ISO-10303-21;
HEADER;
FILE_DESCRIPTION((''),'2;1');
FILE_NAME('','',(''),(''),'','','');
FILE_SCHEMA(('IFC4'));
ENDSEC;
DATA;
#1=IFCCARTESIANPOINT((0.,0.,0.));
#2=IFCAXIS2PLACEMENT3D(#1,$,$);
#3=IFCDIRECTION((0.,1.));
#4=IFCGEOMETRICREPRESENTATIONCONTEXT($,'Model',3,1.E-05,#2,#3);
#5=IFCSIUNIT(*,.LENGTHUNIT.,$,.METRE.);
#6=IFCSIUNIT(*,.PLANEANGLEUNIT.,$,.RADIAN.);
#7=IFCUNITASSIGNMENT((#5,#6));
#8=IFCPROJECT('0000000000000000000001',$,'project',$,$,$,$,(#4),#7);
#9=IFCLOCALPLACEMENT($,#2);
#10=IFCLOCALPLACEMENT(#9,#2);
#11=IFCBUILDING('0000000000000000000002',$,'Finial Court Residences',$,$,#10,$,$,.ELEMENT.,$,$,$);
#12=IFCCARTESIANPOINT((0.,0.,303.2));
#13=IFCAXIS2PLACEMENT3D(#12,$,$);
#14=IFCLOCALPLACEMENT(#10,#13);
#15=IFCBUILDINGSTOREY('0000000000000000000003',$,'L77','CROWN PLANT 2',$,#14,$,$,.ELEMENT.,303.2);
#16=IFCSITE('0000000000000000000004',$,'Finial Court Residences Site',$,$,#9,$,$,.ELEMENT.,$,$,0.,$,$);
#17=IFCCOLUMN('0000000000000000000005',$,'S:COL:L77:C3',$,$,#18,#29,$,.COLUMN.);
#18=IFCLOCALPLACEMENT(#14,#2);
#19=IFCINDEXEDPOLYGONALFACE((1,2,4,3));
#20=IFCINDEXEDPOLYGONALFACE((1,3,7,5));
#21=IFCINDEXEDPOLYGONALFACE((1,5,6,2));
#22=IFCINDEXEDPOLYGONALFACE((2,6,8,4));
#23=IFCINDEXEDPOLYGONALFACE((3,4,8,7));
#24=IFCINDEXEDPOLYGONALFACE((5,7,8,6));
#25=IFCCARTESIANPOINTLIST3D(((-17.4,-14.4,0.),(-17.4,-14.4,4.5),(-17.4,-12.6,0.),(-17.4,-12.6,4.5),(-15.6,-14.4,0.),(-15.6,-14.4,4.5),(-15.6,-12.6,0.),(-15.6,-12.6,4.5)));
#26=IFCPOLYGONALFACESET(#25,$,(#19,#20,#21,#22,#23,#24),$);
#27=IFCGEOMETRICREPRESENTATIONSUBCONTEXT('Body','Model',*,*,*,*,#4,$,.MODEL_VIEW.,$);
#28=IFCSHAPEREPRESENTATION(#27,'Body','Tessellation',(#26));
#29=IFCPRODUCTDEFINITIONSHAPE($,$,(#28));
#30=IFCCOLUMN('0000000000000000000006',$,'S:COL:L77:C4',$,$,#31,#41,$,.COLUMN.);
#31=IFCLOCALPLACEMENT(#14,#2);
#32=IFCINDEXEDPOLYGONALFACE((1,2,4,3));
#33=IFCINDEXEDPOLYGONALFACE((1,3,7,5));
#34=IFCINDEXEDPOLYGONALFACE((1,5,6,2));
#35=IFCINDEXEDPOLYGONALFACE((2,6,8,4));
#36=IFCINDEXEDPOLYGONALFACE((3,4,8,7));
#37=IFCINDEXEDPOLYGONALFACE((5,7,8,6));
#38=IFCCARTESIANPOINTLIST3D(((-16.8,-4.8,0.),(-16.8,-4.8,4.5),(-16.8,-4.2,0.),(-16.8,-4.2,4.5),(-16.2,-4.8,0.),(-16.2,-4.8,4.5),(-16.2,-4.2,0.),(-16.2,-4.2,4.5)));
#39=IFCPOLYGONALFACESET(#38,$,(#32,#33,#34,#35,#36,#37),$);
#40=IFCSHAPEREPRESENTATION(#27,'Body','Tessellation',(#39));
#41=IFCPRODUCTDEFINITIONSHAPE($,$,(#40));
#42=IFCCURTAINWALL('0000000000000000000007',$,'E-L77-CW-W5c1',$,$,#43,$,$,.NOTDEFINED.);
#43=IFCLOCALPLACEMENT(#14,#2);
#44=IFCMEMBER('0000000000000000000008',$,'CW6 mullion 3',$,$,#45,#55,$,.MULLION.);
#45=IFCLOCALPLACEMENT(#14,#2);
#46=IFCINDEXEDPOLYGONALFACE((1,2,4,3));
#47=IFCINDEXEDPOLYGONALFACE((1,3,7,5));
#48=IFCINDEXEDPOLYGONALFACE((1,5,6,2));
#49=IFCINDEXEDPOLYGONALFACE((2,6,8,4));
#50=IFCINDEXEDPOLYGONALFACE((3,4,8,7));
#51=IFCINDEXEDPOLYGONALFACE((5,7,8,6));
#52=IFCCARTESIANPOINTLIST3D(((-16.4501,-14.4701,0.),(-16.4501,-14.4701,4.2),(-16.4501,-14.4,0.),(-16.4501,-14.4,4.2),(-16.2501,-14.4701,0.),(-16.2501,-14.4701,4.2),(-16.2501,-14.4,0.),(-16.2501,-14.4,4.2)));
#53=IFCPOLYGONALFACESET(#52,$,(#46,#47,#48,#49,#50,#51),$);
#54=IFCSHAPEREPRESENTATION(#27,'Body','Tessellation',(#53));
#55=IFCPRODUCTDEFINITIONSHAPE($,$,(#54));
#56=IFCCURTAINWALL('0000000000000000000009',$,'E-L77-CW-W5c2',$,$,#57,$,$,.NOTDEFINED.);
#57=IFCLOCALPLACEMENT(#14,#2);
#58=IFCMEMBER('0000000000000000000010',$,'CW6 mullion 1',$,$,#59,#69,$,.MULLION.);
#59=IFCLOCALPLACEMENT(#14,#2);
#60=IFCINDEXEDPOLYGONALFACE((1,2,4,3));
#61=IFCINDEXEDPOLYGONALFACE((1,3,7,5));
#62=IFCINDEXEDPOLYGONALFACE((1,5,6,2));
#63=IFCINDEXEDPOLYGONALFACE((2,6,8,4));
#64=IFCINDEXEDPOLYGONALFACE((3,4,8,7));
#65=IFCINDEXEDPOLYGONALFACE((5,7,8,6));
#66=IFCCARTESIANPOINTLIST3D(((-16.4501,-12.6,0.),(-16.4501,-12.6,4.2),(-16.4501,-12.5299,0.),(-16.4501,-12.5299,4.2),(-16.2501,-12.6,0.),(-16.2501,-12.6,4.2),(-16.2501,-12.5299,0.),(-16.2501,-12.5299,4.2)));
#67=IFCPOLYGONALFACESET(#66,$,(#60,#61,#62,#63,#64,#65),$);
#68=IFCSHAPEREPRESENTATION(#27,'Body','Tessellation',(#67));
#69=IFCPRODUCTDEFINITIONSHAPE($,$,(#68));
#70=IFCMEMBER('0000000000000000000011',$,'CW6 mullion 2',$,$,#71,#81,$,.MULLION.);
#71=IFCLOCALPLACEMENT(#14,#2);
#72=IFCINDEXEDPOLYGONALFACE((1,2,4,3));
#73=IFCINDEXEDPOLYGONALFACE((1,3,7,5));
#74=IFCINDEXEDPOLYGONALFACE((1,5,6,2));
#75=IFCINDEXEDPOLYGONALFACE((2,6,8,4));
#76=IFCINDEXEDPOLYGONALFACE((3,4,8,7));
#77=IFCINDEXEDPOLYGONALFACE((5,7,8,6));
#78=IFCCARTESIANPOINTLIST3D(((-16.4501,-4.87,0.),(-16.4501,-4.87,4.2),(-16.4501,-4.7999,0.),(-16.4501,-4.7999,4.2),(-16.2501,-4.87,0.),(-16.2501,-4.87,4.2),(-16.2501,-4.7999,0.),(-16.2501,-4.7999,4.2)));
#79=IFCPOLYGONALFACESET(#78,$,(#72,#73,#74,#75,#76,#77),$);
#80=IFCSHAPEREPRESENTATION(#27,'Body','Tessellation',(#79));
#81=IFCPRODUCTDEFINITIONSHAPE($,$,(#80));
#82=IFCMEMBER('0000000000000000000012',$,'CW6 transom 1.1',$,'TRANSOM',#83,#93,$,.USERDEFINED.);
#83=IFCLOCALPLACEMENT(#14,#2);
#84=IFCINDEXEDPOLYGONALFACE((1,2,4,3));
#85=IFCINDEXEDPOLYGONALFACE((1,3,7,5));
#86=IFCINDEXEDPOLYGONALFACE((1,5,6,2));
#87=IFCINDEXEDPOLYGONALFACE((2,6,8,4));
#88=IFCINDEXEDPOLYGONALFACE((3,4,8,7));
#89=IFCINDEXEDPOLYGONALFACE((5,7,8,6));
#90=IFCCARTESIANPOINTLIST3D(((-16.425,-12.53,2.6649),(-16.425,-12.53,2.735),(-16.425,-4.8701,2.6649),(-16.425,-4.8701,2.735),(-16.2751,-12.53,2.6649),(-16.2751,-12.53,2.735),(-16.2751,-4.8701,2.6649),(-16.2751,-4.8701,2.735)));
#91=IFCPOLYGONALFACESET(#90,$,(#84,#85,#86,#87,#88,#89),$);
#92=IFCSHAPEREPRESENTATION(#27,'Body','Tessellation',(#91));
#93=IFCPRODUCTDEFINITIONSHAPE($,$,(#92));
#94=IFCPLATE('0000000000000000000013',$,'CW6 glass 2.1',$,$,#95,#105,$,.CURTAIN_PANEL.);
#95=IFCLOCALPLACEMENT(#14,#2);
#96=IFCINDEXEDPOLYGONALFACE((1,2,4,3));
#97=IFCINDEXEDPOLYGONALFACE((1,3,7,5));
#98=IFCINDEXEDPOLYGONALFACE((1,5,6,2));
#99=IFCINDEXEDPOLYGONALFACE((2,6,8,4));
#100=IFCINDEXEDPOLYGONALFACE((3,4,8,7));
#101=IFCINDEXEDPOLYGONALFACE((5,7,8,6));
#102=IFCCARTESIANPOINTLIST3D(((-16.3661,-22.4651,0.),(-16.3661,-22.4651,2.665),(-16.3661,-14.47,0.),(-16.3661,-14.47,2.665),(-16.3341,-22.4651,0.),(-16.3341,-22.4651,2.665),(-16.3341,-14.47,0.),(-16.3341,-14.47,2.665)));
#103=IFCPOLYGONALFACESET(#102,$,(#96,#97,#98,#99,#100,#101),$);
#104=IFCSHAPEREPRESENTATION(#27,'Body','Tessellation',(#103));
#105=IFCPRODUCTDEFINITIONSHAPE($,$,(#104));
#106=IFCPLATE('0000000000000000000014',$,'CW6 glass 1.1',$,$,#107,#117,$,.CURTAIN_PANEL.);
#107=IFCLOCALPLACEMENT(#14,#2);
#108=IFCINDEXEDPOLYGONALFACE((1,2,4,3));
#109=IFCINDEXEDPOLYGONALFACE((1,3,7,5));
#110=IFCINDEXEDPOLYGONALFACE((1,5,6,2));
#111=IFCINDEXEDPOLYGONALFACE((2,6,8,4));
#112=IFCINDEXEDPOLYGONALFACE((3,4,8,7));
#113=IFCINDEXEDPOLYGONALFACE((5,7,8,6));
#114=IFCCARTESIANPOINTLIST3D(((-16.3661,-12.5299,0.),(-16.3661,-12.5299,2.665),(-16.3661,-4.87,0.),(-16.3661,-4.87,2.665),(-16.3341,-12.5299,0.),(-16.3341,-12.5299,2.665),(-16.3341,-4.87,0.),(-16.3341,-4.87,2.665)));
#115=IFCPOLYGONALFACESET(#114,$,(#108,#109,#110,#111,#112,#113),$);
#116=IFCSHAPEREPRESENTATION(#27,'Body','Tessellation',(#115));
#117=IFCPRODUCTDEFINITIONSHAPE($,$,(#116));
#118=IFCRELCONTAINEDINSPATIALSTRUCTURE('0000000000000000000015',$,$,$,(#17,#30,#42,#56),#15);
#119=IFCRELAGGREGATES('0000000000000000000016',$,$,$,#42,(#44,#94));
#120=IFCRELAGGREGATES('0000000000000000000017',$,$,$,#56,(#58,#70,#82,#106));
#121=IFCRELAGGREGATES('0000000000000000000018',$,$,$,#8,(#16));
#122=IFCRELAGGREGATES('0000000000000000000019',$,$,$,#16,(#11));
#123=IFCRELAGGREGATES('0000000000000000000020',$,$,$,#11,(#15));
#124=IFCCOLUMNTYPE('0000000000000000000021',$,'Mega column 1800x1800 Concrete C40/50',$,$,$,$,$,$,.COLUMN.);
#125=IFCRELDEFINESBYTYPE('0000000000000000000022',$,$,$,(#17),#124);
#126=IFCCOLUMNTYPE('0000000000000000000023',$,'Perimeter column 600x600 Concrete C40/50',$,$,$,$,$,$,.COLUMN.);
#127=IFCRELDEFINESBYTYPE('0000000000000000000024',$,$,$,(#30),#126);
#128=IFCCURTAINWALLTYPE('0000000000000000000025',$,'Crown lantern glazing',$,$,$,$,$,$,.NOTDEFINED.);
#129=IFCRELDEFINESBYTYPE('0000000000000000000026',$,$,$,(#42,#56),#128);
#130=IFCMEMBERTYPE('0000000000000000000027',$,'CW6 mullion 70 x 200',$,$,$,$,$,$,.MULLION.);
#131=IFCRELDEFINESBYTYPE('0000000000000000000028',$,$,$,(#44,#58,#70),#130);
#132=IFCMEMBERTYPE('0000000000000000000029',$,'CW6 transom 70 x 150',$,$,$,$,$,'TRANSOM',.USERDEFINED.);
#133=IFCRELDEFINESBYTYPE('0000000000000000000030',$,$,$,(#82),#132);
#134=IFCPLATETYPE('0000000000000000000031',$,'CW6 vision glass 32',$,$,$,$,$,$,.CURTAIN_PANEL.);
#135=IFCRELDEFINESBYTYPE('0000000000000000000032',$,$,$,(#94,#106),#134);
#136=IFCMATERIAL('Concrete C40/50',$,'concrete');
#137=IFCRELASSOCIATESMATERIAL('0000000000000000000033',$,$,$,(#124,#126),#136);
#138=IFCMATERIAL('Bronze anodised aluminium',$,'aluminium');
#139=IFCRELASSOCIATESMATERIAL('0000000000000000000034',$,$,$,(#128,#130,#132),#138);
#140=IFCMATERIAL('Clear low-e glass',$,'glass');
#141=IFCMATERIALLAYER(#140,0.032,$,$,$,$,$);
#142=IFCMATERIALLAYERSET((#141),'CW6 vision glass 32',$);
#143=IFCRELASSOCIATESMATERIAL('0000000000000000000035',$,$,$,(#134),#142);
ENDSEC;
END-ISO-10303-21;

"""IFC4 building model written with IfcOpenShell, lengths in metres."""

from ifc_helpers import new_model, si_unit, direction, frame, origin, origin_2d, place, context, subcontext, project, spatial, rectangle, extrude, material, layer, layer_set, material_profile, profile_set, type_object, element, aggregate, save


model = new_model("IFC4")

# Units and contexts
model_context = context("Model", 3, precision=1e-05, world=origin(), true_north=direction((0.0, 1.0)))
body_context = subcontext(model_context, "Body", "Model", "MODEL_VIEW")
ifc_project = project(units=[si_unit("LENGTHUNIT", "METRE"), si_unit("PLANEANGLEUNIT", "RADIAN")], contexts=[model_context])

# Site, building, storey
site_placement = place(None, origin())
site = spatial("IfcSite", under=ifc_project, at=site_placement, Name="Finial Court Residences Site", CompositionType="ELEMENT", RefElevation=0.0)
building_placement = place(site_placement, origin())
building = spatial("IfcBuilding", under=site, at=building_placement, Name="Finial Court Residences", CompositionType="ELEMENT")
storey_placement = place(building_placement, frame((0.0, 0.0, 303.2)))
storey = spatial("IfcBuildingStorey", under=building, at=storey_placement, Name="L77", Description="CROWN PLANT 2", CompositionType="ELEMENT", Elevation=303.2)

# Columns
ifc_material_1 = material(Name="Concrete C40/50", Category="concrete")
ifc_material_profile_1 = material_profile(ifc_material_1, rectangle(XDim=1.8, YDim=1.8, at=origin_2d()), Name="1800x1800")
ifc_profile_set_1 = profile_set([ifc_material_profile_1], Name="Concrete C40/50")
column_type_1 = type_object("IfcColumnType", Name="Mega column 1800x1800 Concrete C40/50", PredefinedType="COLUMN", material=ifc_profile_set_1)
column_1_placement = place(storey_placement, frame((-16.5, -13.5, 0.0), z_axis=(0.0, 0.0, 1.0), x_axis=(1.0, 0.0, 0.0)))
element("IfcColumn", 1, at=column_1_placement, inside=storey, type_object=column_type_1, Name="S:COL:L77:C3", PredefinedType="COLUMN", context=body_context, shape_type="SweptSolid", body=[
    extrude(rectangle(XDim=1.8, YDim=1.8, at=origin_2d()), origin(), (0.0, 0.0, 1.0), 4.5),
])
ifc_material_profile_2 = material_profile(ifc_material_1, rectangle(XDim=0.6001, YDim=0.6001, at=origin_2d()), Name="600x600")
ifc_profile_set_2 = profile_set([ifc_material_profile_2], Name="Concrete C40/50")
column_type_2 = type_object("IfcColumnType", Name="Perimeter column 600x600 Concrete C40/50", PredefinedType="COLUMN", material=ifc_profile_set_2)
column_2_placement = place(storey_placement, frame((-16.5, -4.5, 0.0), z_axis=(0.0, 0.0, 1.0), x_axis=(1.0, 0.0, 0.0)))
element("IfcColumn", 2, at=column_2_placement, inside=storey, type_object=column_type_2, Name="S:COL:L77:C4", PredefinedType="COLUMN", context=body_context, shape_type="SweptSolid", body=[
    extrude(rectangle(XDim=0.6001, YDim=0.6001, at=origin_2d()), origin(), (0.0, 0.0, 1.0), 4.5),
])

# Curtain wall, member
ifc_material_2 = material(Name="Bronze anodised aluminium", Category="aluminium")
curtain_wall_type = type_object("IfcCurtainWallType", Name="Crown lantern glazing", PredefinedType="NOTDEFINED", material=ifc_material_2)
curtain_wall_1_placement = place(storey_placement, origin())
curtain_wall_1 = element("IfcCurtainWall", 3, at=curtain_wall_1_placement, inside=storey, type_object=curtain_wall_type, Name="E-L77-CW-W5c1", PredefinedType="NOTDEFINED")
ifc_material_profile_3 = material_profile(ifc_material_2, rectangle(XDim=0.2, YDim=0.0701, at=origin_2d()), Name="CW6 mullion 70 x 200")
ifc_profile_set_3 = profile_set([ifc_material_profile_3], Name="Bronze anodised aluminium")
member_type_1 = type_object("IfcMemberType", Name="CW6 mullion 70 x 200", PredefinedType="MULLION", material=ifc_profile_set_3)
member_1_placement = place(storey_placement, frame((-16.3501, -14.4351, 0.0), z_axis=(0.0, 0.0, 1.0), x_axis=(-1.0, 0.0, 0.0)))
member_1 = element("IfcMember", 4, at=member_1_placement, type_object=member_type_1, Name="CW6 mullion 3", PredefinedType="MULLION", context=body_context, shape_type="SweptSolid", body=[
    extrude(rectangle(XDim=0.2, YDim=0.0701, at=origin_2d()), origin(), (0.0, 0.0, 1.0), 4.2),
])

# Curtain wall, members
curtain_wall_2_placement = place(storey_placement, origin())
curtain_wall_2 = element("IfcCurtainWall", 5, at=curtain_wall_2_placement, inside=storey, type_object=curtain_wall_type, Name="E-L77-CW-W5c2", PredefinedType="NOTDEFINED")
member_2_placement = place(storey_placement, frame((-16.3501, -12.5649, 0.0), z_axis=(0.0, 0.0, 1.0), x_axis=(-1.0, 0.0, 0.0)))
member_2 = element("IfcMember", 6, at=member_2_placement, type_object=member_type_1, Name="CW6 mullion 1", PredefinedType="MULLION", context=body_context, shape_type="SweptSolid", body=[
    extrude(rectangle(XDim=0.2, YDim=0.0701, at=origin_2d()), origin(), (0.0, 0.0, 1.0), 4.2),
])
member_3_placement = place(storey_placement, frame((-16.3501, -4.835, 0.0), z_axis=(0.0, 0.0, 1.0), x_axis=(-1.0, 0.0, 0.0)))
member_3 = element("IfcMember", 7, at=member_3_placement, type_object=member_type_1, Name="CW6 mullion 2", PredefinedType="MULLION", context=body_context, shape_type="SweptSolid", body=[
    extrude(rectangle(XDim=0.2, YDim=0.0701, at=origin_2d()), origin(), (0.0, 0.0, 1.0), 4.2),
])
ifc_material_profile_4 = material_profile(ifc_material_2, rectangle(XDim=0.1499, YDim=0.0701, at=origin_2d()), Name="CW6 transom 70 x 150")
ifc_profile_set_4 = profile_set([ifc_material_profile_4], Name="Bronze anodised aluminium")
member_type_2 = type_object("IfcMemberType", Name="CW6 transom 70 x 150", ElementType="TRANSOM", PredefinedType="USERDEFINED", material=ifc_profile_set_4)
member_4_placement = place(storey_placement, frame((-16.3501, -12.53, 2.7), z_axis=(0.0, 1.0, 0.0), x_axis=(-1.0, 0.0, 0.0)))
member_4 = element("IfcMember", 8, at=member_4_placement, type_object=member_type_2, Name="CW6 transom 1.1", ObjectType="TRANSOM", PredefinedType="USERDEFINED", context=body_context, shape_type="SweptSolid", body=[
    extrude(rectangle(XDim=0.1499, YDim=0.0701, at=origin_2d()), origin(), (0.0, 0.0, 1.0), 7.6599),
])

# Plates
ifc_material_3 = material(Name="Clear low-e glass", Category="glass")
ifc_layer_1 = layer(ifc_material_3, 0.032)
ifc_layer_set_1 = layer_set([ifc_layer_1], Name="CW6 vision glass 32")
plate_type = type_object("IfcPlateType", Name="CW6 vision glass 32", PredefinedType="CURTAIN_PANEL", material=ifc_layer_set_1)
plate_1_placement = place(storey_placement, frame((-16.3501, -18.4675, 0.0), z_axis=(0.0, 0.0, 1.0), x_axis=(0.0, 1.0, 0.0)))
plate_1 = element("IfcPlate", 9, at=plate_1_placement, type_object=plate_type, Name="CW6 glass 2.1", PredefinedType="CURTAIN_PANEL", context=body_context, shape_type="SweptSolid", body=[
    extrude(rectangle(XDim=7.9951, YDim=0.032, at=origin_2d()), origin(), (0.0, 0.0, 1.0), 2.665),
])
plate_2_placement = place(storey_placement, frame((-16.3501, -8.7, 0.0), z_axis=(0.0, 0.0, 1.0), x_axis=(0.0, 1.0, 0.0)))
plate_2 = element("IfcPlate", 10, at=plate_2_placement, type_object=plate_type, Name="CW6 glass 1.1", PredefinedType="CURTAIN_PANEL", context=body_context, shape_type="SweptSolid", body=[
    extrude(rectangle(XDim=7.6599, YDim=0.032, at=origin_2d()), origin(), (0.0, 0.0, 1.0), 2.665),
])

aggregate(curtain_wall_1, [member_1, plate_1])
aggregate(curtain_wall_2, [member_2, member_3, member_4, plate_2])

save(model, "model.ifc")
